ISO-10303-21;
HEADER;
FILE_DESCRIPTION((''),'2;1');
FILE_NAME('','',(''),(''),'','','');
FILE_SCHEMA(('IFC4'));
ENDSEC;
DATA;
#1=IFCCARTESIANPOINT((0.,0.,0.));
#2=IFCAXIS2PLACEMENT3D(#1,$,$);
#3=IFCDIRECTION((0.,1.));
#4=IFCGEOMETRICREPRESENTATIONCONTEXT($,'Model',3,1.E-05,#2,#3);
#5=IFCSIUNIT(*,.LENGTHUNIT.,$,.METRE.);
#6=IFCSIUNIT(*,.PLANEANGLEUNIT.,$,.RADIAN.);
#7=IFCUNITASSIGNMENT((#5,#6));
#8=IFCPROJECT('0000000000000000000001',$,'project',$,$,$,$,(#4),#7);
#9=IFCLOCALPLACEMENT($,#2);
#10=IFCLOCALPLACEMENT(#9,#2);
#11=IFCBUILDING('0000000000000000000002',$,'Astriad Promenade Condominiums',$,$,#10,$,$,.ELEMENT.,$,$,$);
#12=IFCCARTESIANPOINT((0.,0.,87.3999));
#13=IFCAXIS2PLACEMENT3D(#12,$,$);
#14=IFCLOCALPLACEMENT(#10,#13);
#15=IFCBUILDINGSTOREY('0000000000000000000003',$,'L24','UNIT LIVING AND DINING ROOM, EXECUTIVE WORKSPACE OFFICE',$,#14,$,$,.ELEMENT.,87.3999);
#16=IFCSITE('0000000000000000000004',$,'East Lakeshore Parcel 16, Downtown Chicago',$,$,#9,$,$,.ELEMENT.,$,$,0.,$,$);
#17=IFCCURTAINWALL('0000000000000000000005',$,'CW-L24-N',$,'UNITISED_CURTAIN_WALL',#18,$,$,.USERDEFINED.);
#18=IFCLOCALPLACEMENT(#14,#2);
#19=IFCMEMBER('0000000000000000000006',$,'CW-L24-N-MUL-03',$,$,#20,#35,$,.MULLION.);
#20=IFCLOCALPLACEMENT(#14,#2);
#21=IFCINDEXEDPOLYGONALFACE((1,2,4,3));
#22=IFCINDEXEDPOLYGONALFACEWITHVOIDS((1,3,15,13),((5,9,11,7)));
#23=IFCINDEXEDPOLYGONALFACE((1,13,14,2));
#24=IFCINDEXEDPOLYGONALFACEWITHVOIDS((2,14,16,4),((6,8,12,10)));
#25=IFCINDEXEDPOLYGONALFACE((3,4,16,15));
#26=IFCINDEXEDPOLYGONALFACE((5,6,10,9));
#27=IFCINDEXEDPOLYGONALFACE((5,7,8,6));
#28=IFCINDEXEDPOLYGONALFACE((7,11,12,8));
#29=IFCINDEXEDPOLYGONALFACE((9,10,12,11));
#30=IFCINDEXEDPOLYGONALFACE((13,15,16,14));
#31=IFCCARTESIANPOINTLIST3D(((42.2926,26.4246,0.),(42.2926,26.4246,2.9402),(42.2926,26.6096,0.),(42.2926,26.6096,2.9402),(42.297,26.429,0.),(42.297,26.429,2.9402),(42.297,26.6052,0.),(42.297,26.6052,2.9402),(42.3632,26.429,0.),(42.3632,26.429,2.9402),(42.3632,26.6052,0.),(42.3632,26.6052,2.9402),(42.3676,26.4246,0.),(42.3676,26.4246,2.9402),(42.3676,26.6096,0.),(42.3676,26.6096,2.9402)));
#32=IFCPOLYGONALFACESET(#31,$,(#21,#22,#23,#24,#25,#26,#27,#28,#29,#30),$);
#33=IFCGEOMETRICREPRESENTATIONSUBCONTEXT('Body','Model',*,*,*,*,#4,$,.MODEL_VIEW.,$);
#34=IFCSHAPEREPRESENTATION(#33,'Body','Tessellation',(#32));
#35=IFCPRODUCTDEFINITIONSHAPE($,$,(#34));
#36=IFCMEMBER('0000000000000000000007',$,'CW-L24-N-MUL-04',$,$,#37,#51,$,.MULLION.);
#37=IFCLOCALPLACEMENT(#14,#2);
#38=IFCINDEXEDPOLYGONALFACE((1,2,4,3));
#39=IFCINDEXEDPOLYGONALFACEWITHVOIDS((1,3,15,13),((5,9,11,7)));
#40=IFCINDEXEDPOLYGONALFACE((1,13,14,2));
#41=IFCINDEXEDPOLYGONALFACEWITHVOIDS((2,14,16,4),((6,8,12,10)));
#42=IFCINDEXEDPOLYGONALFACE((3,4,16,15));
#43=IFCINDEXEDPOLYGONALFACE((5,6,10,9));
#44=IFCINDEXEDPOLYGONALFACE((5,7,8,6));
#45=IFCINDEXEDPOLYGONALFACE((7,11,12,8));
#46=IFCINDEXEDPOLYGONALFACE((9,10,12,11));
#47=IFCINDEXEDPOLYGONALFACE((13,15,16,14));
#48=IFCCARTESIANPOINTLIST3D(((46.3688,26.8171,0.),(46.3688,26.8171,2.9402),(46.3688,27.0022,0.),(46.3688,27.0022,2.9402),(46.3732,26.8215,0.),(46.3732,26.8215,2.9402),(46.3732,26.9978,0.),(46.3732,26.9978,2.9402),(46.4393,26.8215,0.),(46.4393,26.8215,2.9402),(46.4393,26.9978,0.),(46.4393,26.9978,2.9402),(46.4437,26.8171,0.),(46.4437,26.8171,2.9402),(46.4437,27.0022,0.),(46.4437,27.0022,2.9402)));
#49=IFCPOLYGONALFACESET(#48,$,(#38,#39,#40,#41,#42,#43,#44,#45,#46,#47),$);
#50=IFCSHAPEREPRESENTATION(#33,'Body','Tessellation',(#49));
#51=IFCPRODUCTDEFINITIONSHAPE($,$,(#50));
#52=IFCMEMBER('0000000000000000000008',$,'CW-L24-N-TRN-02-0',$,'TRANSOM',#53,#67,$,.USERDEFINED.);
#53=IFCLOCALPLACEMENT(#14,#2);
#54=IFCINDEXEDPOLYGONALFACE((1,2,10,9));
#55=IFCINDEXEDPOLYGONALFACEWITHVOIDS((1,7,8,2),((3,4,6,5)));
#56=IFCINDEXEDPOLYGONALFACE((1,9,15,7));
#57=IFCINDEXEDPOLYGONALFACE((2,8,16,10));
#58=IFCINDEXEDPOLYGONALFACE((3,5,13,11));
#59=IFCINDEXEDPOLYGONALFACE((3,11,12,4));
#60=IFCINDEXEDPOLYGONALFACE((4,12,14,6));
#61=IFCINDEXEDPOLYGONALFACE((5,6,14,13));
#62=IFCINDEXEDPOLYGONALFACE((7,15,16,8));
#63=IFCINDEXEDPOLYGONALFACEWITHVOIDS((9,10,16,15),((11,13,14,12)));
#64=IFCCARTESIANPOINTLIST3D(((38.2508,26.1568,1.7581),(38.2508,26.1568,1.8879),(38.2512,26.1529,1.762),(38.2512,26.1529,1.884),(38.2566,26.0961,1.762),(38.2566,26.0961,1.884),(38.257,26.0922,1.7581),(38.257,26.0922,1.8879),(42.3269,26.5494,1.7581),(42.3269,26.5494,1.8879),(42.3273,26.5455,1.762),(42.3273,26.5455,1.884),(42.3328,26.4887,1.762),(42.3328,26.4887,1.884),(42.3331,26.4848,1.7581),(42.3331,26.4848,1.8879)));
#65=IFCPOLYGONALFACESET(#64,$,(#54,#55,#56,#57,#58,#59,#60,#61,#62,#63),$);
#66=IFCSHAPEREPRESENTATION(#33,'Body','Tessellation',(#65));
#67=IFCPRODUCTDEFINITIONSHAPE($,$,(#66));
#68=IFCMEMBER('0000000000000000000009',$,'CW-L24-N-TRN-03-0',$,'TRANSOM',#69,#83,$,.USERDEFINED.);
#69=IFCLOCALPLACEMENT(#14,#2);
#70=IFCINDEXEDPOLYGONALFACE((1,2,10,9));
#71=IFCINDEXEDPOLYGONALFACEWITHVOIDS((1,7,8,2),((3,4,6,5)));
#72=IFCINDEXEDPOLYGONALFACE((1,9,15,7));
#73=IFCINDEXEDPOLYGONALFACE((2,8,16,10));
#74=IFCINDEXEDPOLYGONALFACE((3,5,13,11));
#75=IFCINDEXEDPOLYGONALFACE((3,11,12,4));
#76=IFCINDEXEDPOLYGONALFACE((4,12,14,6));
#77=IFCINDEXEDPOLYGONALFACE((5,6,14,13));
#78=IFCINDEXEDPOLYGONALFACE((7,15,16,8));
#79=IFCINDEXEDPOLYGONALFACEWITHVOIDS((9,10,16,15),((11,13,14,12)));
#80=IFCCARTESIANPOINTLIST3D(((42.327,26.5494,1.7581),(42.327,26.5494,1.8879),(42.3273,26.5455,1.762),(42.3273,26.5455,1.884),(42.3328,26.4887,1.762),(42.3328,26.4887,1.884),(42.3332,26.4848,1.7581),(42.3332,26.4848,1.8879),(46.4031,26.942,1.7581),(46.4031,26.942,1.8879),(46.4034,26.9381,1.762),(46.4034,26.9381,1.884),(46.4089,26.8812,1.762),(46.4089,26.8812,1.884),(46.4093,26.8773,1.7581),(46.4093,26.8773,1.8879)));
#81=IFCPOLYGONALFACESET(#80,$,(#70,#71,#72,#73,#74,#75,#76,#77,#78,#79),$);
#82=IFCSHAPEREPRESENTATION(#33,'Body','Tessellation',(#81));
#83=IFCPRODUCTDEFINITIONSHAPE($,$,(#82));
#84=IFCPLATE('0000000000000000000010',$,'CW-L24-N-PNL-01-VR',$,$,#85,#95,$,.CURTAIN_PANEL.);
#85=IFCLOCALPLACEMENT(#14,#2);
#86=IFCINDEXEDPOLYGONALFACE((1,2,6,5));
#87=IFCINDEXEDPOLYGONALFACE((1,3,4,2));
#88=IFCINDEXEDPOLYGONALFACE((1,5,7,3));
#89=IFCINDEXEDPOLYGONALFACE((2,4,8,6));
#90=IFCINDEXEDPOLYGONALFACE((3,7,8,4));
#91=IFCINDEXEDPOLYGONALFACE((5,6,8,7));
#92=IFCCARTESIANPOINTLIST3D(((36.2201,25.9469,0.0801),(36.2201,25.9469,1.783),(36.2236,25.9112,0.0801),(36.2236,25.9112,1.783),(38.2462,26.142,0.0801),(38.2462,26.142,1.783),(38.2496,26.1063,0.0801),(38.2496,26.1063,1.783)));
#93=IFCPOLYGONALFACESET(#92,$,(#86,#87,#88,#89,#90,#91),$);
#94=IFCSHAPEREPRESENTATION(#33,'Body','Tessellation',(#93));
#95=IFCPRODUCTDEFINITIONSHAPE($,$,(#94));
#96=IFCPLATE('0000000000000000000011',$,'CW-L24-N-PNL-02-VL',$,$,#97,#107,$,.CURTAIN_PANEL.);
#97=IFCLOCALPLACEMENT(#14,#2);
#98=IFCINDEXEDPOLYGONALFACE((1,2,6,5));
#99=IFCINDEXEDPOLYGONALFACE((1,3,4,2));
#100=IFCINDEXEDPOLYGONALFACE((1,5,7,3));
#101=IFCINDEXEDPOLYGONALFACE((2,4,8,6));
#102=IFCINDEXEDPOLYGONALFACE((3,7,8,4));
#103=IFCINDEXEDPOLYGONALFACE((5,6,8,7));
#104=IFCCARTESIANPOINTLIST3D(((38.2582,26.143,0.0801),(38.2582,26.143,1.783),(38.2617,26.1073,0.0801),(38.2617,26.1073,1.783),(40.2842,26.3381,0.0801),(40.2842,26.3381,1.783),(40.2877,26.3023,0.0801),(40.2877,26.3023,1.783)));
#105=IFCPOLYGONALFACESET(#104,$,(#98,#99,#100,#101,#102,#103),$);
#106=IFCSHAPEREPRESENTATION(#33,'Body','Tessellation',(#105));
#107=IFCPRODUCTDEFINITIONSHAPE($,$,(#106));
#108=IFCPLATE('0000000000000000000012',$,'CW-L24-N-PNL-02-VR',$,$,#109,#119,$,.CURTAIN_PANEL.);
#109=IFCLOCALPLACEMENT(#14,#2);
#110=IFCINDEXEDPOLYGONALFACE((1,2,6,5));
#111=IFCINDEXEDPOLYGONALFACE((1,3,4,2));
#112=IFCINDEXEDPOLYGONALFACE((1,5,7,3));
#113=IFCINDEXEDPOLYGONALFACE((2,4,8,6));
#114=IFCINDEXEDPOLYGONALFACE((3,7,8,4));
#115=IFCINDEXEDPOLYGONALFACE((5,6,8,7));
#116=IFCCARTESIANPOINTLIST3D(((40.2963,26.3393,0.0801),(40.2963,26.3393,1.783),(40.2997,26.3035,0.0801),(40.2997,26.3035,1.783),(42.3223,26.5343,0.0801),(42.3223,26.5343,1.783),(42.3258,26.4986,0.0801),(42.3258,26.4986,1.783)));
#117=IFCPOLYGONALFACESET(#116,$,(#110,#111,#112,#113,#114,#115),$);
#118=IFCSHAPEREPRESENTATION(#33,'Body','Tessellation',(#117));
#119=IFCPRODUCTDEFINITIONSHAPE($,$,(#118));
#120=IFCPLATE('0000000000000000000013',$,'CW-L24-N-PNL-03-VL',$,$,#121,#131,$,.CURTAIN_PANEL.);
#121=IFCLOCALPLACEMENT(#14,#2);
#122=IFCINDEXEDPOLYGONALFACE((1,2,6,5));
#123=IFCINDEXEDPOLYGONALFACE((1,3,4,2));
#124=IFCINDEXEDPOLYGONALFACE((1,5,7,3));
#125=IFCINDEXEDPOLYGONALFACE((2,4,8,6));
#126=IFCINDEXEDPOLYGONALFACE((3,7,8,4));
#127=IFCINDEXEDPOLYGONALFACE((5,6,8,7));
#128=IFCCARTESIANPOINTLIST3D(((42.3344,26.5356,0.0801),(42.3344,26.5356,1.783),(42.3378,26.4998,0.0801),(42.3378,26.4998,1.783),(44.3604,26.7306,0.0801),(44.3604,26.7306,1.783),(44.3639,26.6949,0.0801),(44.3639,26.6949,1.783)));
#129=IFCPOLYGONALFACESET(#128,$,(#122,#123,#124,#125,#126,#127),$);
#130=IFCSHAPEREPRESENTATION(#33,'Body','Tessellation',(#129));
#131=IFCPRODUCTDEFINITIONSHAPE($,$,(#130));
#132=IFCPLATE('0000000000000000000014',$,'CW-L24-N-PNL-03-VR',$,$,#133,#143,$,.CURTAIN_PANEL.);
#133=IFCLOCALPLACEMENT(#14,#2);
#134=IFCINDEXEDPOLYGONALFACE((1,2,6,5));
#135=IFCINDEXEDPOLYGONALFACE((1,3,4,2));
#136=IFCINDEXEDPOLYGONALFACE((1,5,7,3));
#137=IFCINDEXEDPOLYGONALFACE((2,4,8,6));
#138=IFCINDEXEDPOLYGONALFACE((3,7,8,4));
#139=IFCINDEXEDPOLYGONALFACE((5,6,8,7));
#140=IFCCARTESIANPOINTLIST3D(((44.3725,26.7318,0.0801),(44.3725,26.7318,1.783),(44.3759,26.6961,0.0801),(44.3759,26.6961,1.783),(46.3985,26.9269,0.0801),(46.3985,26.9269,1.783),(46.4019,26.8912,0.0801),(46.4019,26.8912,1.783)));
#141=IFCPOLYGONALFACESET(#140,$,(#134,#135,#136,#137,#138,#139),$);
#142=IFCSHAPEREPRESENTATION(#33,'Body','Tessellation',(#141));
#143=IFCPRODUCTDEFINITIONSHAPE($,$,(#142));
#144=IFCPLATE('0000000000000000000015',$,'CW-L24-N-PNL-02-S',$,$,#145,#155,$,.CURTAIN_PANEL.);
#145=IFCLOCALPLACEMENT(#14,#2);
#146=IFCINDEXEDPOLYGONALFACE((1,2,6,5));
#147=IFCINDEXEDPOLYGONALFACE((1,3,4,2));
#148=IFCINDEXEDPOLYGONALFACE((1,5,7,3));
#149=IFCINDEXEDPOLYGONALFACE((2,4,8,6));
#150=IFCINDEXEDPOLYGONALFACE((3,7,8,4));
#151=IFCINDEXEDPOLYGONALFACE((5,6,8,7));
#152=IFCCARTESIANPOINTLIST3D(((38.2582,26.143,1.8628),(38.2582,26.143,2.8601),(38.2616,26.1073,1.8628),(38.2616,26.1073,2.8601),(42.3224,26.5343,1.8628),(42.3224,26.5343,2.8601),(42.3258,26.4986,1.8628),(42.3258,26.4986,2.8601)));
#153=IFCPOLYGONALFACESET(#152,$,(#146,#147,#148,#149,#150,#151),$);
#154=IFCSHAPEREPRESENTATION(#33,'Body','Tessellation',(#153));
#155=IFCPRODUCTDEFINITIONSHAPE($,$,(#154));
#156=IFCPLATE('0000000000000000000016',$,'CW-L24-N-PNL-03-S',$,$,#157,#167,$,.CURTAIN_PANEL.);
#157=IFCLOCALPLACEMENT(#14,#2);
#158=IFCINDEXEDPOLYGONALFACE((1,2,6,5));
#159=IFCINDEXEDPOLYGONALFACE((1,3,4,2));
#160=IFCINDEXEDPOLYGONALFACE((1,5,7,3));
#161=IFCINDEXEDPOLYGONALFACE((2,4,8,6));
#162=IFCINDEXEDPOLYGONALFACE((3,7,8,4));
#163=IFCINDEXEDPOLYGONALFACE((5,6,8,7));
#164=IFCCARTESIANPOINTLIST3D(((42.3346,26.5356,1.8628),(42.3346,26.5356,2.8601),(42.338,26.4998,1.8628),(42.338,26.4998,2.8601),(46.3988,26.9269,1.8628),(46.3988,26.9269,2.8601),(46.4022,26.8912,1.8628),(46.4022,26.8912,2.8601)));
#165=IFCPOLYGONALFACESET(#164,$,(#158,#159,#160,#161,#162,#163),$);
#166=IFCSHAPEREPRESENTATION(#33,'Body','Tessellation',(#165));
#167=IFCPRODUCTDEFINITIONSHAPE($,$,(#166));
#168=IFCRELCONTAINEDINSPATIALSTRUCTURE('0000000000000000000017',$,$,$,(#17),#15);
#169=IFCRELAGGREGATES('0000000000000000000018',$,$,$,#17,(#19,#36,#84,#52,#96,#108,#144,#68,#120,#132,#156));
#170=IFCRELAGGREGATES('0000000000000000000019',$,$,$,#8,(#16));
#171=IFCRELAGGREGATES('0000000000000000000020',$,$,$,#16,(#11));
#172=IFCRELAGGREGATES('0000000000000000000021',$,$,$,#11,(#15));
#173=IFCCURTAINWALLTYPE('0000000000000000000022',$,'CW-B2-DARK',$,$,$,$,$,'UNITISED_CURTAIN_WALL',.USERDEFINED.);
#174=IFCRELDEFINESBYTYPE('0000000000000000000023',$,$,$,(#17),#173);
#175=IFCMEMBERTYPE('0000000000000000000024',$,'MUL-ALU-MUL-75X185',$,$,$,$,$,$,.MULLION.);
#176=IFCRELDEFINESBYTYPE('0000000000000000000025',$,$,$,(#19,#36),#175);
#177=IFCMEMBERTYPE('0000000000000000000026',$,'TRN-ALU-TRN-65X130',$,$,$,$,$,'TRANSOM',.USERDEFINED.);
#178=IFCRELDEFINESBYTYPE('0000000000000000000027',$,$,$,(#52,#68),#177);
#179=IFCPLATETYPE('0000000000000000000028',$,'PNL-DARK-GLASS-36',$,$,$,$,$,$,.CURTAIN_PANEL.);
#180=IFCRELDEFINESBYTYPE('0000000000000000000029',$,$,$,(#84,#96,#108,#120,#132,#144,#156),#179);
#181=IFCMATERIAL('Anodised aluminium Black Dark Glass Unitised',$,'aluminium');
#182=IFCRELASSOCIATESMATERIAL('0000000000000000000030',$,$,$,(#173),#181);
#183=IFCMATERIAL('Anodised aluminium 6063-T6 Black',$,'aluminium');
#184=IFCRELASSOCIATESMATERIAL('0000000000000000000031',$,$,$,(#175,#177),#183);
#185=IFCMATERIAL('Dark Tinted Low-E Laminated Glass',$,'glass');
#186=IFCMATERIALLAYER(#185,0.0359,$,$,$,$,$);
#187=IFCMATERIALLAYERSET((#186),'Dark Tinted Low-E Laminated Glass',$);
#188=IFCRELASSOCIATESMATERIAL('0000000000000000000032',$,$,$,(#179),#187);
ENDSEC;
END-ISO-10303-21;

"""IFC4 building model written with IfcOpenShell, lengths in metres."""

from ifc_helpers import new_model, si_unit, direction, frame, origin, origin_2d, place, context, subcontext, project, spatial, rectangle, hollow_rectangle, extrude, source, transform, mapped, material, layer, layer_set, material_profile, profile_set, type_object, type_shapes, element, aggregate, save


model = new_model("IFC4")

# Units and contexts
model_context = context("Model", 3, precision=1e-05, world=origin(), true_north=direction((0.0, 1.0)))
body_context = subcontext(model_context, "Body", "Model", "MODEL_VIEW")
ifc_project = project(units=[si_unit("LENGTHUNIT", "METRE"), si_unit("PLANEANGLEUNIT", "RADIAN")], contexts=[model_context])

# Site, building, storey
site_placement = place(None, origin())
site = spatial("IfcSite", under=ifc_project, at=site_placement, Name="East Lakeshore Parcel 16, Downtown Chicago", CompositionType="ELEMENT", RefElevation=0.0)
building_placement = place(site_placement, origin())
building = spatial("IfcBuilding", under=site, at=building_placement, Name="Astriad Promenade Condominiums", CompositionType="ELEMENT")
storey_placement = place(building_placement, frame((0.0, 0.0, 87.3999)))
storey = spatial("IfcBuildingStorey", under=building, at=storey_placement, Name="L24", Description="UNIT LIVING AND DINING ROOM, EXECUTIVE WORKSPACE OFFICE", CompositionType="ELEMENT", Elevation=87.3999)

# Curtain wall, members, plates
ifc_material_1 = material(Name="Anodised aluminium Black Dark Glass Unitised", Category="aluminium")
curtain_wall_type = type_object("IfcCurtainWallType", Name="CW-B2-DARK", ElementType="UNITISED_CURTAIN_WALL", PredefinedType="USERDEFINED", material=ifc_material_1)
curtain_wall_placement = place(storey_placement, origin())
curtain_wall = element("IfcCurtainWall", 1, at=curtain_wall_placement, inside=storey, type_object=curtain_wall_type, Name="CW-L24-N", ObjectType="UNITISED_CURTAIN_WALL", PredefinedType="USERDEFINED")
ifc_material_2 = material(Name="Anodised aluminium 6063-T6 Black", Category="aluminium")
ifc_material_profile_1 = material_profile(ifc_material_2, hollow_rectangle(XDim=0.075, YDim=0.1851, WallThickness=0.0044, at=origin_2d()), Name="ALU-MUL-75X185")
ifc_profile_set_1 = profile_set([ifc_material_profile_1], Name="Anodised aluminium 6063-T6 Black")
member_type_1 = type_object("IfcMemberType", Name="MUL-ALU-MUL-75X185", PredefinedType="MULLION", material=ifc_profile_set_1)
shared_shape_1 = source(origin(), body_context, "Body", "SweptSolid", [
    extrude(hollow_rectangle(XDim=0.075, YDim=0.1851, WallThickness=0.0044, at=origin_2d()), origin(), (0.0, 0.0, 1.0), 2.9402),
])
type_shapes(member_type_1, [shared_shape_1])
member_1_placement = place(storey_placement, frame((42.3301, 26.5171, 0.0), z_axis=(0.0, 0.0, 1.0), x_axis=(1.0, 0.0, 0.0)))
member_1 = element("IfcMember", 2, at=member_1_placement, type_object=member_type_1, Name="CW-L24-N-MUL-03", PredefinedType="MULLION", context=body_context, shape_type="MappedRepresentation", body=[
    mapped(shared_shape_1, transform((0.0, 0.0, 0.0), scale=1.0)),
])
member_2_placement = place(storey_placement, frame((46.4062, 26.9097, 0.0), z_axis=(0.0, 0.0, 1.0), x_axis=(1.0, 0.0, 0.0)))
member_2 = element("IfcMember", 3, at=member_2_placement, type_object=member_type_1, Name="CW-L24-N-MUL-04", PredefinedType="MULLION", context=body_context, shape_type="MappedRepresentation", body=[
    mapped(shared_shape_1, transform((0.0, 0.0, 0.0), scale=1.0)),
])
ifc_material_profile_2 = material_profile(ifc_material_2, hollow_rectangle(XDim=0.0649, YDim=0.1299, WallThickness=0.0039, at=origin_2d()), Name="ALU-TRN-65X130")
ifc_profile_set_2 = profile_set([ifc_material_profile_2], Name="Anodised aluminium 6063-T6 Black")
member_type_2 = type_object("IfcMemberType", Name="TRN-ALU-TRN-65X130", ElementType="TRANSOM", PredefinedType="USERDEFINED", material=ifc_profile_set_2)
shared_shape_2 = source(origin(), body_context, "Body", "SweptSolid", [
    extrude(hollow_rectangle(XDim=0.0649, YDim=0.1299, WallThickness=0.0039, at=origin_2d()), origin(), (0.0, 0.0, 1.0), 4.095),
])
type_shapes(member_type_2, [shared_shape_2])
member_3_placement = place(storey_placement, frame((38.2539, 26.1245, 1.823), z_axis=(0.995394, 0.095867, 0.0), x_axis=(-0.095867, 0.995394, 0.0)))
member_3 = element("IfcMember", 4, at=member_3_placement, type_object=member_type_2, Name="CW-L24-N-TRN-02-0", ObjectType="TRANSOM", PredefinedType="USERDEFINED", context=body_context, shape_type="MappedRepresentation", body=[
    mapped(shared_shape_2, transform((0.0, 0.0, 0.0), scale=1.0)),
])
member_4_placement = place(storey_placement, frame((42.3301, 26.5171, 1.823), z_axis=(0.995394, 0.095867, 0.0), x_axis=(-0.095867, 0.995394, 0.0)))
member_4 = element("IfcMember", 5, at=member_4_placement, type_object=member_type_2, Name="CW-L24-N-TRN-03-0", ObjectType="TRANSOM", PredefinedType="USERDEFINED", context=body_context, shape_type="MappedRepresentation", body=[
    mapped(shared_shape_2, transform((0.0, 0.0, 0.0), scale=1.0)),
])
ifc_material_3 = material(Name="Dark Tinted Low-E Laminated Glass", Category="glass")
ifc_layer_1 = layer(ifc_material_3, 0.0359)
ifc_layer_set_1 = layer_set([ifc_layer_1], Name="Dark Tinted Low-E Laminated Glass")
plate_type = type_object("IfcPlateType", Name="PNL-DARK-GLASS-36", PredefinedType="CURTAIN_PANEL", material=ifc_layer_set_1)
shared_shape_3 = source(origin(), body_context, "Body", "SweptSolid", [
    extrude(rectangle(XDim=2.0354, YDim=0.0359, at=origin_2d()), origin(), (0.0, 0.0, 1.0), 1.7029),
])
plate_1_placement = place(storey_placement, frame((37.2349, 26.0266, 0.0801), z_axis=(0.0, 0.0, 1.0), x_axis=(0.995396, 0.095846, 0.0)))
plate_1 = element("IfcPlate", 6, at=plate_1_placement, type_object=plate_type, Name="CW-L24-N-PNL-01-VR", PredefinedType="CURTAIN_PANEL", context=body_context, shape_type="MappedRepresentation", body=[
    mapped(shared_shape_3, transform((0.0, 0.0, 0.0), scale=1.0)),
])
plate_2_placement = place(storey_placement, frame((39.2729, 26.2227, 0.0801), z_axis=(0.0, 0.0, 1.0), x_axis=(0.995396, 0.095846, 0.0)))
plate_2 = element("IfcPlate", 7, at=plate_2_placement, type_object=plate_type, Name="CW-L24-N-PNL-02-VL", PredefinedType="CURTAIN_PANEL", context=body_context, shape_type="MappedRepresentation", body=[
    mapped(shared_shape_3, transform((0.0, 0.0, 0.0), scale=1.0)),
])
plate_3_placement = place(storey_placement, frame((41.311, 26.4189, 0.0801), z_axis=(0.0, 0.0, 1.0), x_axis=(0.995396, 0.095846, 0.0)))
plate_3 = element("IfcPlate", 8, at=plate_3_placement, type_object=plate_type, Name="CW-L24-N-PNL-02-VR", PredefinedType="CURTAIN_PANEL", context=body_context, shape_type="MappedRepresentation", body=[
    mapped(shared_shape_3, transform((0.0, 0.0, 0.0), scale=1.0)),
])
plate_4_placement = place(storey_placement, frame((43.3491, 26.6152, 0.0801), z_axis=(0.0, 0.0, 1.0), x_axis=(0.995396, 0.095846, 0.0)))
plate_4 = element("IfcPlate", 9, at=plate_4_placement, type_object=plate_type, Name="CW-L24-N-PNL-03-VL", PredefinedType="CURTAIN_PANEL", context=body_context, shape_type="MappedRepresentation", body=[
    mapped(shared_shape_3, transform((0.0, 0.0, 0.0), scale=1.0)),
])
plate_5_placement = place(storey_placement, frame((45.3872, 26.8115, 0.0801), z_axis=(0.0, 0.0, 1.0), x_axis=(0.995396, 0.095846, 0.0)))
plate_5 = element("IfcPlate", 10, at=plate_5_placement, type_object=plate_type, Name="CW-L24-N-PNL-03-VR", PredefinedType="CURTAIN_PANEL", context=body_context, shape_type="MappedRepresentation", body=[
    mapped(shared_shape_3, transform((0.0, 0.0, 0.0), scale=1.0)),
])
shared_shape_4 = source(origin(), body_context, "Body", "SweptSolid", [
    extrude(rectangle(XDim=4.083, YDim=0.0359, at=origin_2d()), origin(), (0.0, 0.0, 1.0), 0.9973),
])
type_shapes(plate_type, [shared_shape_3, shared_shape_4])
plate_6_placement = place(storey_placement, frame((40.292, 26.3208, 1.8628), z_axis=(0.0, 0.0, 1.0), x_axis=(0.995396, 0.095846, 0.0)))
plate_6 = element("IfcPlate", 11, at=plate_6_placement, type_object=plate_type, Name="CW-L24-N-PNL-02-S", PredefinedType="CURTAIN_PANEL", context=body_context, shape_type="MappedRepresentation", body=[
    mapped(shared_shape_4, transform((0.0, 0.0, 0.0), scale=1.0)),
])
plate_7_placement = place(storey_placement, frame((44.3684, 26.7134, 1.8628), z_axis=(0.0, 0.0, 1.0), x_axis=(0.995396, 0.095846, 0.0)))
plate_7 = element("IfcPlate", 12, at=plate_7_placement, type_object=plate_type, Name="CW-L24-N-PNL-03-S", PredefinedType="CURTAIN_PANEL", context=body_context, shape_type="MappedRepresentation", body=[
    mapped(shared_shape_4, transform((0.0, 0.0, 0.0), scale=1.0)),
])
aggregate(curtain_wall, [member_1, member_2, plate_1, member_3, plate_2, plate_3, plate_6, member_4, plate_4, plate_5, plate_7])

save(model, "model.ifc")
